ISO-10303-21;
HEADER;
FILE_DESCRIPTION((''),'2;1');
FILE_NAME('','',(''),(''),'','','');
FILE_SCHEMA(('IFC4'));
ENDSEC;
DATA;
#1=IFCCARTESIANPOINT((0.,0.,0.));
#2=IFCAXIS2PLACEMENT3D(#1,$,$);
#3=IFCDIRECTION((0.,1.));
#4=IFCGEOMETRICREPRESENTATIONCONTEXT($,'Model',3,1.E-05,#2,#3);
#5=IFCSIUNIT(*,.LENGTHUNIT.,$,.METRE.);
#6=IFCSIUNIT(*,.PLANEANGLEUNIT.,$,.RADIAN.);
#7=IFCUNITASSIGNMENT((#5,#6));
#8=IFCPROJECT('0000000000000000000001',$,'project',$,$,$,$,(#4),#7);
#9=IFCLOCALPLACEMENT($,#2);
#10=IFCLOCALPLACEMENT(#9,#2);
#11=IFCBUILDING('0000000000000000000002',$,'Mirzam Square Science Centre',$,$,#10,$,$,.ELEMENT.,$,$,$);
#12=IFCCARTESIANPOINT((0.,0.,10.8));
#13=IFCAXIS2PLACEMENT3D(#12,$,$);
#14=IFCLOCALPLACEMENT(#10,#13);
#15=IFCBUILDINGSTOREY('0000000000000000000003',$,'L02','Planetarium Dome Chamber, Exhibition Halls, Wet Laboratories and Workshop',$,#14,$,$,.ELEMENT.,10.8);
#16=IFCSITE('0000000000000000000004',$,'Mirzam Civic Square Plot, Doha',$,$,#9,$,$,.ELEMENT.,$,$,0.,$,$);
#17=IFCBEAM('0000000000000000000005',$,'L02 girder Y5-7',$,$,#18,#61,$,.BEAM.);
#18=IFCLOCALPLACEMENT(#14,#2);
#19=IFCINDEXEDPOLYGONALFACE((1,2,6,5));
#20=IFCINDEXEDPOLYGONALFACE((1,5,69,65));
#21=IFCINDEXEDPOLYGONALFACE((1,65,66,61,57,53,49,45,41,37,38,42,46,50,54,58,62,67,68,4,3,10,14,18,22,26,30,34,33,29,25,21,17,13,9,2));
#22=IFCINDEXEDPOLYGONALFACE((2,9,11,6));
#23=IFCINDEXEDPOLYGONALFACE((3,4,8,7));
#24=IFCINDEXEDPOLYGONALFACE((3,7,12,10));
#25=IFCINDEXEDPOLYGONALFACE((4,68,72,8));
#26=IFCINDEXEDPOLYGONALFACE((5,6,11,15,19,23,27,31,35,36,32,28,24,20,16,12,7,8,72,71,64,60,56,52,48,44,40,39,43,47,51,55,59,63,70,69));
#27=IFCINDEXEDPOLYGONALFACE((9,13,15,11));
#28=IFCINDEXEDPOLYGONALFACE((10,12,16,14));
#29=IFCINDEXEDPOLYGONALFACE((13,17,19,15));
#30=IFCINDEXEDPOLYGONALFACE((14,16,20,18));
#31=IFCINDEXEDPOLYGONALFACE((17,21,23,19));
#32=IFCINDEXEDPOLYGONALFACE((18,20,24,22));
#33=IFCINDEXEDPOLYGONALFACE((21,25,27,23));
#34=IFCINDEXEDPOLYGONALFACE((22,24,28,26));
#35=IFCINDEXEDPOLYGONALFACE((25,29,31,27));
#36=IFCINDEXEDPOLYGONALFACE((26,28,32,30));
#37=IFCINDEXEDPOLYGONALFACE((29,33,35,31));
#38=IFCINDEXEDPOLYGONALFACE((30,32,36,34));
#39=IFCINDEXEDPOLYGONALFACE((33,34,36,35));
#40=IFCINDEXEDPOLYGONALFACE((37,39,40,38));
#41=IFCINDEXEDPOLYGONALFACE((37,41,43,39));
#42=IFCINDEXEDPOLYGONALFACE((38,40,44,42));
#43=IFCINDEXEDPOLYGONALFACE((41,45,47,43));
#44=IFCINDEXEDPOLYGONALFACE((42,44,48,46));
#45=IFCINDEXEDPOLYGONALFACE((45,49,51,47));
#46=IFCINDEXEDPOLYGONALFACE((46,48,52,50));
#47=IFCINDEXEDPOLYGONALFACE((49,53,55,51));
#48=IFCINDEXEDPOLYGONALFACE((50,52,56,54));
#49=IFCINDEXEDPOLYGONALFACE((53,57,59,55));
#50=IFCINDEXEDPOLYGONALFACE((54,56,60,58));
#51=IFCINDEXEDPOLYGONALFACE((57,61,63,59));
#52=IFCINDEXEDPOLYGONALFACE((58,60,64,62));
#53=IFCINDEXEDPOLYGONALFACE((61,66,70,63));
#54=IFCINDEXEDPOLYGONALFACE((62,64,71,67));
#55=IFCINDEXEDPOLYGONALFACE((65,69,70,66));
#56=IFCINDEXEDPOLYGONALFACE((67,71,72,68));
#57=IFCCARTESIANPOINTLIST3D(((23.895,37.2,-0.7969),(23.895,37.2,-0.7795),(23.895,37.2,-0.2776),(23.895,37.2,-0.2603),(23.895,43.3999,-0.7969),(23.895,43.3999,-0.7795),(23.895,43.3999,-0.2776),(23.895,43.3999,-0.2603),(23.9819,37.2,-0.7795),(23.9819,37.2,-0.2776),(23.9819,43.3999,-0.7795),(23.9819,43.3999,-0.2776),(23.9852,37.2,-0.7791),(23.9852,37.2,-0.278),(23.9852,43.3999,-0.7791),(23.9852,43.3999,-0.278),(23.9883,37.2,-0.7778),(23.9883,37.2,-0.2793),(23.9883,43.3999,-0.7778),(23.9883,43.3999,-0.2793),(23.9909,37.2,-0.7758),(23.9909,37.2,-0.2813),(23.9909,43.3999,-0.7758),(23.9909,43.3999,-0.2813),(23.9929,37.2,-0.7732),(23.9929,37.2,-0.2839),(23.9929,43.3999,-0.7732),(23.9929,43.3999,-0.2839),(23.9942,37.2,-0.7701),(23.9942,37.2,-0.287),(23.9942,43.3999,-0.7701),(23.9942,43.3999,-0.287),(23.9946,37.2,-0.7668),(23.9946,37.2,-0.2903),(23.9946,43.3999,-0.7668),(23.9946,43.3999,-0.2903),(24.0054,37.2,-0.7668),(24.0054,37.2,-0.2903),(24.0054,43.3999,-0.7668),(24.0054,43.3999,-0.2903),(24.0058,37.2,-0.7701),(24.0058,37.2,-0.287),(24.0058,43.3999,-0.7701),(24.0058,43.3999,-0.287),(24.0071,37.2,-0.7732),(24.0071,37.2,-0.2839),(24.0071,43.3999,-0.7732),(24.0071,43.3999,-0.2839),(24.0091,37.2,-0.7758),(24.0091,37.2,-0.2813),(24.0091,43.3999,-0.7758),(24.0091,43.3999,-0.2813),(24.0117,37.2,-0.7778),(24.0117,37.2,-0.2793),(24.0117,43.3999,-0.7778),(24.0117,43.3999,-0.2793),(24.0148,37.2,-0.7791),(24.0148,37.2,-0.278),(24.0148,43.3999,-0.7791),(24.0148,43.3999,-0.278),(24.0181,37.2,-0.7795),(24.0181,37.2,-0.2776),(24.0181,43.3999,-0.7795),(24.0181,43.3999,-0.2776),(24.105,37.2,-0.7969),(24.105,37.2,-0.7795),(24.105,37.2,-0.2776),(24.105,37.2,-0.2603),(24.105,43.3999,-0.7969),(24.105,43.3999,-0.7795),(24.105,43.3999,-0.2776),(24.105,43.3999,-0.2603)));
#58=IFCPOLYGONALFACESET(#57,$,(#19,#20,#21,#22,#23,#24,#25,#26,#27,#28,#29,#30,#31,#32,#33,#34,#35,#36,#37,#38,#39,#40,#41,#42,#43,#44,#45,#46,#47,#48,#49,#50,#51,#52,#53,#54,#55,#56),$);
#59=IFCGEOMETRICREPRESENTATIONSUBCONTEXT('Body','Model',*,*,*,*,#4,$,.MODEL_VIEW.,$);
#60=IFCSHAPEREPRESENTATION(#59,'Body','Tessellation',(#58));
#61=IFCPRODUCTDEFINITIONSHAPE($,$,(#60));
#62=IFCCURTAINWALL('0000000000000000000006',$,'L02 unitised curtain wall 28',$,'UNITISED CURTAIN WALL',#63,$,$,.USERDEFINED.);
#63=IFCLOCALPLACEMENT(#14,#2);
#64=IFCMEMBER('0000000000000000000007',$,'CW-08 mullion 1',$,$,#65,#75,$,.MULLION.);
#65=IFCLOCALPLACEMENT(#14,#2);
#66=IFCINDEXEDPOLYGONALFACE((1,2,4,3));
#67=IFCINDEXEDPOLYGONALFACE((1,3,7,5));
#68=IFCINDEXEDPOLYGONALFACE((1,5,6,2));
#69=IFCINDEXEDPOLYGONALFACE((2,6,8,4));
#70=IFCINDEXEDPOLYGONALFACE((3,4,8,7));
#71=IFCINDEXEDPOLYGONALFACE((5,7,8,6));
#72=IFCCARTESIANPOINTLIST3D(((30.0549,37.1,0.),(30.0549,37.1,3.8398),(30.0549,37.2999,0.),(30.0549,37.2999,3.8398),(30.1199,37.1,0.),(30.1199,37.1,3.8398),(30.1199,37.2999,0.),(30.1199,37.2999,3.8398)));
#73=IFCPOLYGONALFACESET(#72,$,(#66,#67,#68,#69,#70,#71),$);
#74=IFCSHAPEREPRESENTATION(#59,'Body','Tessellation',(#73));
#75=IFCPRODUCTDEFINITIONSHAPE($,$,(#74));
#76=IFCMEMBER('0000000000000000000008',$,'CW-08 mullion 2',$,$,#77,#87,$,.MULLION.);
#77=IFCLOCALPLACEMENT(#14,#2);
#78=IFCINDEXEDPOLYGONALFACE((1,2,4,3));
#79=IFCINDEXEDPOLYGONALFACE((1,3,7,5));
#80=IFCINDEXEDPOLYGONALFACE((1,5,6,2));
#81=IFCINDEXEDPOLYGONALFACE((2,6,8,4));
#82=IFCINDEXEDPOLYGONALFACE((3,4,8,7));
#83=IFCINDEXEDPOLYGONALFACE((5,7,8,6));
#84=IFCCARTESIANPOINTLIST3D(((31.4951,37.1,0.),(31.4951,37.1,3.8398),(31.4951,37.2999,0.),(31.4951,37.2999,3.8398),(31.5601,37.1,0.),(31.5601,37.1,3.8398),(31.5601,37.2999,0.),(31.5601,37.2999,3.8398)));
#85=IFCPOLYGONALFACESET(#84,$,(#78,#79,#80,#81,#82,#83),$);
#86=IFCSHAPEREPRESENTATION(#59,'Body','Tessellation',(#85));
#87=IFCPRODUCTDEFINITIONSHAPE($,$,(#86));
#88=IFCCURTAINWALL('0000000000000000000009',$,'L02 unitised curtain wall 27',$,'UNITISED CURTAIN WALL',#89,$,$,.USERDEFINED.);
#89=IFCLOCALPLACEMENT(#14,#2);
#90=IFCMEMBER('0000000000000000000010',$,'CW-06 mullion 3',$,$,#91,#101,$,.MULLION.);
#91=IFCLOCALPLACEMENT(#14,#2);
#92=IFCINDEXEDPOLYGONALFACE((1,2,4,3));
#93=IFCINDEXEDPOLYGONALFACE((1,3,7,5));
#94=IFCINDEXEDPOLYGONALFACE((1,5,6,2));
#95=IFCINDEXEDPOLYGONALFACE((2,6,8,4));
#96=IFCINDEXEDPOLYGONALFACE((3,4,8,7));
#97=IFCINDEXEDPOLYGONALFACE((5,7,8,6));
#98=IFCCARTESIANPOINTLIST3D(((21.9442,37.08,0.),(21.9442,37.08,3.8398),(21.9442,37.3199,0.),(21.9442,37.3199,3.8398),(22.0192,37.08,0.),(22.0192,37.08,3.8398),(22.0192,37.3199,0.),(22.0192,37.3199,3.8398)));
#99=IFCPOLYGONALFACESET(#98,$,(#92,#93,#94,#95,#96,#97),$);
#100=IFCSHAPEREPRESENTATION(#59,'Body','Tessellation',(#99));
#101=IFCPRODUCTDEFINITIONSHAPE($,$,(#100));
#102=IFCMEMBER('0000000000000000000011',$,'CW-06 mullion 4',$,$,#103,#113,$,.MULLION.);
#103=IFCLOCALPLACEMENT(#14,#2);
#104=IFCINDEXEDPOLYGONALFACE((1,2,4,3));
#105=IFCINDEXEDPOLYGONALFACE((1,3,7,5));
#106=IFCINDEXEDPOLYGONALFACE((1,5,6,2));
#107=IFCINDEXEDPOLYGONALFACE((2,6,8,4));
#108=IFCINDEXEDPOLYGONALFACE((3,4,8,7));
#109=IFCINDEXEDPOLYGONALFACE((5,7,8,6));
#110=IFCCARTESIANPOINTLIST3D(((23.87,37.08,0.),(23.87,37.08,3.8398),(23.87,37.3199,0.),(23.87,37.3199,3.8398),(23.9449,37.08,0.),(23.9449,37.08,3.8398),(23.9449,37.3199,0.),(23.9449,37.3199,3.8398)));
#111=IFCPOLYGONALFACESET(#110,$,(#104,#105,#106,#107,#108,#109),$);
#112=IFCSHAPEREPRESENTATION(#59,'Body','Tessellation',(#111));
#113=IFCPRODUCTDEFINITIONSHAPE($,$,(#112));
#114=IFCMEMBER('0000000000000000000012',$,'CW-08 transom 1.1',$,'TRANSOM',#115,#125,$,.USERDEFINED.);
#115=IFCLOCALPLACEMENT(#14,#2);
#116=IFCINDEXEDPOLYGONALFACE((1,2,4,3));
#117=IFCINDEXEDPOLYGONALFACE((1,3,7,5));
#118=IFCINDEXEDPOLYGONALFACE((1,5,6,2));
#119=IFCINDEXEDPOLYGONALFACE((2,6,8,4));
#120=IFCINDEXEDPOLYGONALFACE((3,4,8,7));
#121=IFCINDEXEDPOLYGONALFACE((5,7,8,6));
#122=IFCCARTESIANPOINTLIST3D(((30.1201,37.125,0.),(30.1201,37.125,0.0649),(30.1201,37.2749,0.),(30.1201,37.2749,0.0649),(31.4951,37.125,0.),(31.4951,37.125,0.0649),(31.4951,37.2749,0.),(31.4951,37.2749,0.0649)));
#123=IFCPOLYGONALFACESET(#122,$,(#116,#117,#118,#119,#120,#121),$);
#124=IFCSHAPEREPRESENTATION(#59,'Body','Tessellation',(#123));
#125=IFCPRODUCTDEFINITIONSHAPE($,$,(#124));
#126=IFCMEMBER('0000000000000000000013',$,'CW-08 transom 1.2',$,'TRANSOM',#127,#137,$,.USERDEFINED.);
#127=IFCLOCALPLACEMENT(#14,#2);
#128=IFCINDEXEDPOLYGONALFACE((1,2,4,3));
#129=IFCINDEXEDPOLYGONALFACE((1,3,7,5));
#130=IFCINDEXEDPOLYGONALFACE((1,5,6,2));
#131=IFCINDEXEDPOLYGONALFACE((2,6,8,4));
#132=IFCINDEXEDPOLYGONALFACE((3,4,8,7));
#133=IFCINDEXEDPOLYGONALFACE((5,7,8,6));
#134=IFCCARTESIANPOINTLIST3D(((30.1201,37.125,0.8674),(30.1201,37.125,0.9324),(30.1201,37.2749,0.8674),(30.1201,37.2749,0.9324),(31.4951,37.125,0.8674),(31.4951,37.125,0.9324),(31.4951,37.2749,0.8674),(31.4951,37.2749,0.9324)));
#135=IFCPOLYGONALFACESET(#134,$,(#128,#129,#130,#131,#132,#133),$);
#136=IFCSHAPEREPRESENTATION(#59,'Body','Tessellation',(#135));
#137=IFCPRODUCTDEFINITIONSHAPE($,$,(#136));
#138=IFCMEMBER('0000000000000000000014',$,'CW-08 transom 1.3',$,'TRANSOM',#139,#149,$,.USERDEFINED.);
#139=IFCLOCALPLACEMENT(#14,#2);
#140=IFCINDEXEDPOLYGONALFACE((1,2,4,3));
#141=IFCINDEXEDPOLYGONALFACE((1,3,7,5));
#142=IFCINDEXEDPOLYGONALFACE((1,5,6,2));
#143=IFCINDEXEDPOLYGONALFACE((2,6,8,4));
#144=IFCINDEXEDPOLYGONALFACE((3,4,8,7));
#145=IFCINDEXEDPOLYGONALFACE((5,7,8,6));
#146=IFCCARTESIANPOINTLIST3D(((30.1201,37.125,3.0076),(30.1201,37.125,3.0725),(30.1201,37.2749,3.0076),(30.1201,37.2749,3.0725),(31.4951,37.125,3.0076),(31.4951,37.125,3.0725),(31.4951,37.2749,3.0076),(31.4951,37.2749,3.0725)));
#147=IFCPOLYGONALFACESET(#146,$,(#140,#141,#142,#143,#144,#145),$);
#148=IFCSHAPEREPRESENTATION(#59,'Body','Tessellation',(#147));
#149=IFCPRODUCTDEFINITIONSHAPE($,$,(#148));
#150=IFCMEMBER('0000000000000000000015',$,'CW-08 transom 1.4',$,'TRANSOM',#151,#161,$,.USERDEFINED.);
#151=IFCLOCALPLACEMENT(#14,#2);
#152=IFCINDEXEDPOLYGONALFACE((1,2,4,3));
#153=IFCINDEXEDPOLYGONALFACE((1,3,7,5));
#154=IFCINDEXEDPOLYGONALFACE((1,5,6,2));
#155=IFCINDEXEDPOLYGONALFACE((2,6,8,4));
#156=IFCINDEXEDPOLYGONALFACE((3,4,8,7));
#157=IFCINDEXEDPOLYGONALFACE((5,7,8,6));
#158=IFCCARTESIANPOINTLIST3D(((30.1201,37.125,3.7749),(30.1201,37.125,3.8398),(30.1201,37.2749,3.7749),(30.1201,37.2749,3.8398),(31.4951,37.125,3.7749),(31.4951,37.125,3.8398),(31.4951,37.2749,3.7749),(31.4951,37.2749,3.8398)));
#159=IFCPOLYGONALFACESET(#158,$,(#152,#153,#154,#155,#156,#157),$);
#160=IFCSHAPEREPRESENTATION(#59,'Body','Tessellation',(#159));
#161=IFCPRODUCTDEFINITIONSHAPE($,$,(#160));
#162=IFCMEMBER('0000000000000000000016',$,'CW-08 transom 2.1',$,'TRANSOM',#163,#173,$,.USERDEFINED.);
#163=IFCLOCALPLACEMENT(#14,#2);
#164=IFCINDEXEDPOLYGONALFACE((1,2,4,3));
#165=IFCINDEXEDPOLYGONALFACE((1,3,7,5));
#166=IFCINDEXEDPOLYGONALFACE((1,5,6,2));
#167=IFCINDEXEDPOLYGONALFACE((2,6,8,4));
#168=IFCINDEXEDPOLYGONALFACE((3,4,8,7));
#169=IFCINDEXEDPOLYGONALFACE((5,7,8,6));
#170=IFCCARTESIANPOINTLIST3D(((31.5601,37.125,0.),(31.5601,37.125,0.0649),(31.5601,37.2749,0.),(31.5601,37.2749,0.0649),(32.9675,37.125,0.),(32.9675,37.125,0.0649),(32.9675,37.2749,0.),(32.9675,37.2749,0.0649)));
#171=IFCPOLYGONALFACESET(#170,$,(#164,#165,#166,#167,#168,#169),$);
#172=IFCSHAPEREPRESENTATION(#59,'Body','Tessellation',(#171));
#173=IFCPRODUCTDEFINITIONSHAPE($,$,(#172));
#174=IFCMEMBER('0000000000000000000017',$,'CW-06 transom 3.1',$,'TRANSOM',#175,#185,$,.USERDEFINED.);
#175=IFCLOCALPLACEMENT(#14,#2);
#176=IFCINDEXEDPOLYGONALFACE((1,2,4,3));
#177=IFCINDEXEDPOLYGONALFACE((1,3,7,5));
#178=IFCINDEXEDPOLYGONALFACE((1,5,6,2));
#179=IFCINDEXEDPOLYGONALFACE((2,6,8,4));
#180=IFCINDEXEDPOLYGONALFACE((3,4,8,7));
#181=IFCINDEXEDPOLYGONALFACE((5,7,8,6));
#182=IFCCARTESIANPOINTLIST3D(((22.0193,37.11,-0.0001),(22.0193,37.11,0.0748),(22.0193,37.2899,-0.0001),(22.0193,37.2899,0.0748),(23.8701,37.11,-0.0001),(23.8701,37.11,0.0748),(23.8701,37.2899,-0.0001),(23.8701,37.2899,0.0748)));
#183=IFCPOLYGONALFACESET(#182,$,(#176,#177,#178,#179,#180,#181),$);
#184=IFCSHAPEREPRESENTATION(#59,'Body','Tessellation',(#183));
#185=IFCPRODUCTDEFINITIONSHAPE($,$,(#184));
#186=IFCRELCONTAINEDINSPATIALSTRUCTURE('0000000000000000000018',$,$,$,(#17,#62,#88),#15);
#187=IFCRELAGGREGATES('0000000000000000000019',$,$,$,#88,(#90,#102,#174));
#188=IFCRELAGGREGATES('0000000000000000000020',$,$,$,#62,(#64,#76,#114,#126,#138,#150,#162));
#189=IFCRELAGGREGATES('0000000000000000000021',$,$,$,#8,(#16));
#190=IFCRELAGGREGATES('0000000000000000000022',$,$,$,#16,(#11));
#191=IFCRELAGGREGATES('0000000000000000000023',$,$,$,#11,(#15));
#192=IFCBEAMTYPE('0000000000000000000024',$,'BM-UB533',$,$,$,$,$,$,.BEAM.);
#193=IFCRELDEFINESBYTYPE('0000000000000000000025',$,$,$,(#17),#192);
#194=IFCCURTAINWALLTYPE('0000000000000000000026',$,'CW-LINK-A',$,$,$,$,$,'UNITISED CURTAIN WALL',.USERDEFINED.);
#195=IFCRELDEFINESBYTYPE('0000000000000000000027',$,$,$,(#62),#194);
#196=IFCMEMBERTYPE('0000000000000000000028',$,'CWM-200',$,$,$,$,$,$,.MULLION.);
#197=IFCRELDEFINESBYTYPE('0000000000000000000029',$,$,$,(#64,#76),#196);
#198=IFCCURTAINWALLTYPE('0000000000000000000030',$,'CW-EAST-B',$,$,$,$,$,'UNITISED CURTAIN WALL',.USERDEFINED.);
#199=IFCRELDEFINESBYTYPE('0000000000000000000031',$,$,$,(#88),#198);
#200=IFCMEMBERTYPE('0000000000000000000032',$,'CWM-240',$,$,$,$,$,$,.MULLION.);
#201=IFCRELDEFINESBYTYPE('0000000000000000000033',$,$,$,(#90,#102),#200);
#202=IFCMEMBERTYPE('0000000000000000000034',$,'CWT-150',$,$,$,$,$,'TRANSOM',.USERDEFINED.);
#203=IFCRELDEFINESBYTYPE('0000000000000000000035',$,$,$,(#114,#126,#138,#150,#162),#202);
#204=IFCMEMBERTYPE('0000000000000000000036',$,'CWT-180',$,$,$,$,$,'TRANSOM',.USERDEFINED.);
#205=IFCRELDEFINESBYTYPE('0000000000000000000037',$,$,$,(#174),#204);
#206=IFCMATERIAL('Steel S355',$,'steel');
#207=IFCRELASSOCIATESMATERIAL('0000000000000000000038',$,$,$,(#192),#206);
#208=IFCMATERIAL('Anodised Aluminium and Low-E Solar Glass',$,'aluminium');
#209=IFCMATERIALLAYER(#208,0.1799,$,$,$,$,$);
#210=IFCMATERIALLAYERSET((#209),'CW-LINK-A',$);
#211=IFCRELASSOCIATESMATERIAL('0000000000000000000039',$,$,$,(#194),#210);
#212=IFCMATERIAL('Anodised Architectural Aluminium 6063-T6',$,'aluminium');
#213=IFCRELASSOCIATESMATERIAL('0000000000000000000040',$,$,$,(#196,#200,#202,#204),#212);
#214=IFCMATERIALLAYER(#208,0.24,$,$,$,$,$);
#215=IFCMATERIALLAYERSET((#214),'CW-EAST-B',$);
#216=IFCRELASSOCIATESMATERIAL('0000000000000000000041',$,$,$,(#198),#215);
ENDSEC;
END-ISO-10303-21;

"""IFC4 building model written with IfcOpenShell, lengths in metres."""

from ifc_helpers import new_model, si_unit, direction, frame, origin, origin_2d, place, context, subcontext, project, spatial, rectangle, i_section, extrude, material, layer, layer_set, material_profile, profile_set, type_object, element, aggregate, save


model = new_model("IFC4")

# Units and contexts
model_context = context("Model", 3, precision=1e-05, world=origin(), true_north=direction((0.0, 1.0)))
body_context = subcontext(model_context, "Body", "Model", "MODEL_VIEW")
ifc_project = project(units=[si_unit("LENGTHUNIT", "METRE"), si_unit("PLANEANGLEUNIT", "RADIAN")], contexts=[model_context])

# Site, building, storey
site_placement = place(None, origin())
site = spatial("IfcSite", under=ifc_project, at=site_placement, Name="Mirzam Civic Square Plot, Doha", CompositionType="ELEMENT", RefElevation=0.0)
building_placement = place(site_placement, origin())
building = spatial("IfcBuilding", under=site, at=building_placement, Name="Mirzam Square Science Centre", CompositionType="ELEMENT")
storey_placement = place(building_placement, frame((0.0, 0.0, 10.8)))
storey = spatial("IfcBuildingStorey", under=building, at=storey_placement, Name="L02", Description="Planetarium Dome Chamber, Exhibition Halls, Wet Laboratories and Workshop", CompositionType="ELEMENT", Elevation=10.8)

# Shared definitions
ifc_material_1 = material(Name="Steel S355", Category="steel")

# Beam
ifc_material_profile_1 = material_profile(ifc_material_1, i_section(OverallWidth=0.21, OverallDepth=0.5366, WebThickness=0.0107, FlangeThickness=0.0173, FilletRadius=0.0127, at=origin_2d()), Name="533x210x101UB")
ifc_profile_set_1 = profile_set([ifc_material_profile_1], Name="Steel S355")
beam_type_1 = type_object("IfcBeamType", Name="BM-UB533", PredefinedType="BEAM", material=ifc_profile_set_1)
beam_1_placement = place(storey_placement, frame((24.0, 37.2, -0.5286), z_axis=(0.0, 1.0, 0.0), x_axis=(-1.0, 0.0, 0.0)))
element("IfcBeam", 1, at=beam_1_placement, inside=storey, type_object=beam_type_1, Name="L02 girder Y5-7", PredefinedType="BEAM", context=body_context, shape_type="SweptSolid", body=[
    extrude(i_section(OverallWidth=0.21, OverallDepth=0.5366, WebThickness=0.0107, FlangeThickness=0.0173, FilletRadius=0.0127, at=origin_2d()), origin(), (0.0, 0.0, 1.0), 6.2),
])

# Curtain walls, members
ifc_material_2 = material(Name="Anodised Aluminium and Low-E Solar Glass", Category="aluminium")
ifc_layer_1 = layer(ifc_material_2, 0.1799)
ifc_layer_set_1 = layer_set([ifc_layer_1], Name="CW-LINK-A")
curtain_wall_type_1 = type_object("IfcCurtainWallType", Name="CW-LINK-A", ElementType="UNITISED CURTAIN WALL", PredefinedType="USERDEFINED", material=ifc_layer_set_1)
curtain_wall_1_placement = place(storey_placement, origin())
curtain_wall_1 = element("IfcCurtainWall", 2, at=curtain_wall_1_placement, inside=storey, type_object=curtain_wall_type_1, Name="L02 unitised curtain wall 28", ObjectType="UNITISED CURTAIN WALL", PredefinedType="USERDEFINED")
ifc_material_3 = material(Name="Anodised Architectural Aluminium 6063-T6", Category="aluminium")
ifc_material_profile_2 = material_profile(ifc_material_3, rectangle(XDim=0.0649, YDim=0.2, at=origin_2d()), Name="ALU-MULL-200x65x5")
ifc_profile_set_2 = profile_set([ifc_material_profile_2], Name="Anodised Architectural Aluminium 6063-T6")
member_type_1 = type_object("IfcMemberType", Name="CWM-200", PredefinedType="MULLION", material=ifc_profile_set_2)
member_1_placement = place(storey_placement, frame((30.0874, 37.2, 0.0), z_axis=(0.0, 0.0, 1.0), x_axis=(1.0, 0.0, 0.0)))
member_1 = element("IfcMember", 3, at=member_1_placement, type_object=member_type_1, Name="CW-08 mullion 1", PredefinedType="MULLION", context=body_context, shape_type="SweptSolid", body=[
    extrude(rectangle(XDim=0.0649, YDim=0.2, at=origin_2d()), origin(), (0.0, 0.0, 1.0), 3.8398),
])
member_2_placement = place(storey_placement, frame((31.5276, 37.2, 0.0), z_axis=(0.0, 0.0, 1.0), x_axis=(1.0, 0.0, 0.0)))
member_2 = element("IfcMember", 4, at=member_2_placement, type_object=member_type_1, Name="CW-08 mullion 2", PredefinedType="MULLION", context=body_context, shape_type="SweptSolid", body=[
    extrude(rectangle(XDim=0.0649, YDim=0.2, at=origin_2d()), origin(), (0.0, 0.0, 1.0), 3.8398),
])
ifc_layer_2 = layer(ifc_material_2, 0.24)
ifc_layer_set_2 = layer_set([ifc_layer_2], Name="CW-EAST-B")
curtain_wall_type_2 = type_object("IfcCurtainWallType", Name="CW-EAST-B", ElementType="UNITISED CURTAIN WALL", PredefinedType="USERDEFINED", material=ifc_layer_set_2)
curtain_wall_2_placement = place(storey_placement, origin())
curtain_wall_2 = element("IfcCurtainWall", 5, at=curtain_wall_2_placement, inside=storey, type_object=curtain_wall_type_2, Name="L02 unitised curtain wall 27", ObjectType="UNITISED CURTAIN WALL", PredefinedType="USERDEFINED")
ifc_material_profile_3 = material_profile(ifc_material_3, rectangle(XDim=0.075, YDim=0.24, at=origin_2d()), Name="ALU-MULL-240x75x5")
ifc_profile_set_3 = profile_set([ifc_material_profile_3], Name="Anodised Architectural Aluminium 6063-T6")
member_type_2 = type_object("IfcMemberType", Name="CWM-240", PredefinedType="MULLION", material=ifc_profile_set_3)
member_3_placement = place(storey_placement, frame((21.9817, 37.2, 0.0), z_axis=(0.0, 0.0, 1.0), x_axis=(1.0, 0.0, 0.0)))
member_3 = element("IfcMember", 6, at=member_3_placement, type_object=member_type_2, Name="CW-06 mullion 3", PredefinedType="MULLION", context=body_context, shape_type="SweptSolid", body=[
    extrude(rectangle(XDim=0.075, YDim=0.24, at=origin_2d()), origin(), (0.0, 0.0, 1.0), 3.8398),
])
member_4_placement = place(storey_placement, frame((23.9075, 37.2, 0.0), z_axis=(0.0, 0.0, 1.0), x_axis=(1.0, 0.0, 0.0)))
member_4 = element("IfcMember", 7, at=member_4_placement, type_object=member_type_2, Name="CW-06 mullion 4", PredefinedType="MULLION", context=body_context, shape_type="SweptSolid", body=[
    extrude(rectangle(XDim=0.075, YDim=0.24, at=origin_2d()), origin(), (0.0, 0.0, 1.0), 3.8398),
])

# Members
ifc_material_profile_4 = material_profile(ifc_material_3, rectangle(XDim=0.1499, YDim=0.0649, at=origin_2d()), Name="ALU-TRAN-150x65x4")
ifc_profile_set_4 = profile_set([ifc_material_profile_4], Name="Anodised Architectural Aluminium 6063-T6")
member_type_3 = type_object("IfcMemberType", Name="CWT-150", ElementType="TRANSOM", PredefinedType="USERDEFINED", material=ifc_profile_set_4)
member_5_placement = place(storey_placement, frame((30.1201, 37.2, 0.0325), z_axis=(1.0, 0.0, 0.0), x_axis=(0.0, 1.0, 0.0)))
member_5 = element("IfcMember", 8, at=member_5_placement, type_object=member_type_3, Name="CW-08 transom 1.1", ObjectType="TRANSOM", PredefinedType="USERDEFINED", context=body_context, shape_type="SweptSolid", body=[
    extrude(rectangle(XDim=0.1499, YDim=0.0649, at=origin_2d()), origin(), (0.0, 0.0, 1.0), 1.375),
])
member_6_placement = place(storey_placement, frame((30.1201, 37.2, 0.8999), z_axis=(1.0, 0.0, 0.0), x_axis=(0.0, 1.0, 0.0)))
member_6 = element("IfcMember", 9, at=member_6_placement, type_object=member_type_3, Name="CW-08 transom 1.2", ObjectType="TRANSOM", PredefinedType="USERDEFINED", context=body_context, shape_type="SweptSolid", body=[
    extrude(rectangle(XDim=0.1499, YDim=0.0649, at=origin_2d()), origin(), (0.0, 0.0, 1.0), 1.375),
])
member_7_placement = place(storey_placement, frame((30.1201, 37.2, 3.04), z_axis=(1.0, 0.0, 0.0), x_axis=(0.0, 1.0, 0.0)))
member_7 = element("IfcMember", 10, at=member_7_placement, type_object=member_type_3, Name="CW-08 transom 1.3", ObjectType="TRANSOM", PredefinedType="USERDEFINED", context=body_context, shape_type="SweptSolid", body=[
    extrude(rectangle(XDim=0.1499, YDim=0.0649, at=origin_2d()), origin(), (0.0, 0.0, 1.0), 1.375),
])
member_8_placement = place(storey_placement, frame((30.1201, 37.2, 3.8074), z_axis=(1.0, 0.0, 0.0), x_axis=(0.0, 1.0, 0.0)))
member_8 = element("IfcMember", 11, at=member_8_placement, type_object=member_type_3, Name="CW-08 transom 1.4", ObjectType="TRANSOM", PredefinedType="USERDEFINED", context=body_context, shape_type="SweptSolid", body=[
    extrude(rectangle(XDim=0.1499, YDim=0.0649, at=origin_2d()), origin(), (0.0, 0.0, 1.0), 1.375),
])
member_9_placement = place(storey_placement, frame((31.5601, 37.2, 0.0325), z_axis=(1.0, 0.0, 0.0), x_axis=(0.0, 1.0, 0.0)))
member_9 = element("IfcMember", 12, at=member_9_placement, type_object=member_type_3, Name="CW-08 transom 2.1", ObjectType="TRANSOM", PredefinedType="USERDEFINED", context=body_context, shape_type="SweptSolid", body=[
    extrude(rectangle(XDim=0.1499, YDim=0.0649, at=origin_2d()), origin(), (0.0, 0.0, 1.0), 1.4075),
])
ifc_material_profile_5 = material_profile(ifc_material_3, rectangle(XDim=0.1799, YDim=0.075, at=origin_2d()), Name="ALU-TRAN-180x75x5")
ifc_profile_set_5 = profile_set([ifc_material_profile_5], Name="Anodised Architectural Aluminium 6063-T6")
member_type_4 = type_object("IfcMemberType", Name="CWT-180", ElementType="TRANSOM", PredefinedType="USERDEFINED", material=ifc_profile_set_5)
member_10_placement = place(storey_placement, frame((22.0193, 37.2, 0.0374), z_axis=(1.0, 0.0, 0.0), x_axis=(0.0, 1.0, 0.0)))
member_10 = element("IfcMember", 13, at=member_10_placement, type_object=member_type_4, Name="CW-06 transom 3.1", ObjectType="TRANSOM", PredefinedType="USERDEFINED", context=body_context, shape_type="SweptSolid", body=[
    extrude(rectangle(XDim=0.1799, YDim=0.075, at=origin_2d()), origin(), (0.0, 0.0, 1.0), 1.8508),
])

aggregate(curtain_wall_2, [member_3, member_4, member_10])
aggregate(curtain_wall_1, [member_1, member_2, member_5, member_6, member_7, member_8, member_9])

save(model, "model.ifc")
